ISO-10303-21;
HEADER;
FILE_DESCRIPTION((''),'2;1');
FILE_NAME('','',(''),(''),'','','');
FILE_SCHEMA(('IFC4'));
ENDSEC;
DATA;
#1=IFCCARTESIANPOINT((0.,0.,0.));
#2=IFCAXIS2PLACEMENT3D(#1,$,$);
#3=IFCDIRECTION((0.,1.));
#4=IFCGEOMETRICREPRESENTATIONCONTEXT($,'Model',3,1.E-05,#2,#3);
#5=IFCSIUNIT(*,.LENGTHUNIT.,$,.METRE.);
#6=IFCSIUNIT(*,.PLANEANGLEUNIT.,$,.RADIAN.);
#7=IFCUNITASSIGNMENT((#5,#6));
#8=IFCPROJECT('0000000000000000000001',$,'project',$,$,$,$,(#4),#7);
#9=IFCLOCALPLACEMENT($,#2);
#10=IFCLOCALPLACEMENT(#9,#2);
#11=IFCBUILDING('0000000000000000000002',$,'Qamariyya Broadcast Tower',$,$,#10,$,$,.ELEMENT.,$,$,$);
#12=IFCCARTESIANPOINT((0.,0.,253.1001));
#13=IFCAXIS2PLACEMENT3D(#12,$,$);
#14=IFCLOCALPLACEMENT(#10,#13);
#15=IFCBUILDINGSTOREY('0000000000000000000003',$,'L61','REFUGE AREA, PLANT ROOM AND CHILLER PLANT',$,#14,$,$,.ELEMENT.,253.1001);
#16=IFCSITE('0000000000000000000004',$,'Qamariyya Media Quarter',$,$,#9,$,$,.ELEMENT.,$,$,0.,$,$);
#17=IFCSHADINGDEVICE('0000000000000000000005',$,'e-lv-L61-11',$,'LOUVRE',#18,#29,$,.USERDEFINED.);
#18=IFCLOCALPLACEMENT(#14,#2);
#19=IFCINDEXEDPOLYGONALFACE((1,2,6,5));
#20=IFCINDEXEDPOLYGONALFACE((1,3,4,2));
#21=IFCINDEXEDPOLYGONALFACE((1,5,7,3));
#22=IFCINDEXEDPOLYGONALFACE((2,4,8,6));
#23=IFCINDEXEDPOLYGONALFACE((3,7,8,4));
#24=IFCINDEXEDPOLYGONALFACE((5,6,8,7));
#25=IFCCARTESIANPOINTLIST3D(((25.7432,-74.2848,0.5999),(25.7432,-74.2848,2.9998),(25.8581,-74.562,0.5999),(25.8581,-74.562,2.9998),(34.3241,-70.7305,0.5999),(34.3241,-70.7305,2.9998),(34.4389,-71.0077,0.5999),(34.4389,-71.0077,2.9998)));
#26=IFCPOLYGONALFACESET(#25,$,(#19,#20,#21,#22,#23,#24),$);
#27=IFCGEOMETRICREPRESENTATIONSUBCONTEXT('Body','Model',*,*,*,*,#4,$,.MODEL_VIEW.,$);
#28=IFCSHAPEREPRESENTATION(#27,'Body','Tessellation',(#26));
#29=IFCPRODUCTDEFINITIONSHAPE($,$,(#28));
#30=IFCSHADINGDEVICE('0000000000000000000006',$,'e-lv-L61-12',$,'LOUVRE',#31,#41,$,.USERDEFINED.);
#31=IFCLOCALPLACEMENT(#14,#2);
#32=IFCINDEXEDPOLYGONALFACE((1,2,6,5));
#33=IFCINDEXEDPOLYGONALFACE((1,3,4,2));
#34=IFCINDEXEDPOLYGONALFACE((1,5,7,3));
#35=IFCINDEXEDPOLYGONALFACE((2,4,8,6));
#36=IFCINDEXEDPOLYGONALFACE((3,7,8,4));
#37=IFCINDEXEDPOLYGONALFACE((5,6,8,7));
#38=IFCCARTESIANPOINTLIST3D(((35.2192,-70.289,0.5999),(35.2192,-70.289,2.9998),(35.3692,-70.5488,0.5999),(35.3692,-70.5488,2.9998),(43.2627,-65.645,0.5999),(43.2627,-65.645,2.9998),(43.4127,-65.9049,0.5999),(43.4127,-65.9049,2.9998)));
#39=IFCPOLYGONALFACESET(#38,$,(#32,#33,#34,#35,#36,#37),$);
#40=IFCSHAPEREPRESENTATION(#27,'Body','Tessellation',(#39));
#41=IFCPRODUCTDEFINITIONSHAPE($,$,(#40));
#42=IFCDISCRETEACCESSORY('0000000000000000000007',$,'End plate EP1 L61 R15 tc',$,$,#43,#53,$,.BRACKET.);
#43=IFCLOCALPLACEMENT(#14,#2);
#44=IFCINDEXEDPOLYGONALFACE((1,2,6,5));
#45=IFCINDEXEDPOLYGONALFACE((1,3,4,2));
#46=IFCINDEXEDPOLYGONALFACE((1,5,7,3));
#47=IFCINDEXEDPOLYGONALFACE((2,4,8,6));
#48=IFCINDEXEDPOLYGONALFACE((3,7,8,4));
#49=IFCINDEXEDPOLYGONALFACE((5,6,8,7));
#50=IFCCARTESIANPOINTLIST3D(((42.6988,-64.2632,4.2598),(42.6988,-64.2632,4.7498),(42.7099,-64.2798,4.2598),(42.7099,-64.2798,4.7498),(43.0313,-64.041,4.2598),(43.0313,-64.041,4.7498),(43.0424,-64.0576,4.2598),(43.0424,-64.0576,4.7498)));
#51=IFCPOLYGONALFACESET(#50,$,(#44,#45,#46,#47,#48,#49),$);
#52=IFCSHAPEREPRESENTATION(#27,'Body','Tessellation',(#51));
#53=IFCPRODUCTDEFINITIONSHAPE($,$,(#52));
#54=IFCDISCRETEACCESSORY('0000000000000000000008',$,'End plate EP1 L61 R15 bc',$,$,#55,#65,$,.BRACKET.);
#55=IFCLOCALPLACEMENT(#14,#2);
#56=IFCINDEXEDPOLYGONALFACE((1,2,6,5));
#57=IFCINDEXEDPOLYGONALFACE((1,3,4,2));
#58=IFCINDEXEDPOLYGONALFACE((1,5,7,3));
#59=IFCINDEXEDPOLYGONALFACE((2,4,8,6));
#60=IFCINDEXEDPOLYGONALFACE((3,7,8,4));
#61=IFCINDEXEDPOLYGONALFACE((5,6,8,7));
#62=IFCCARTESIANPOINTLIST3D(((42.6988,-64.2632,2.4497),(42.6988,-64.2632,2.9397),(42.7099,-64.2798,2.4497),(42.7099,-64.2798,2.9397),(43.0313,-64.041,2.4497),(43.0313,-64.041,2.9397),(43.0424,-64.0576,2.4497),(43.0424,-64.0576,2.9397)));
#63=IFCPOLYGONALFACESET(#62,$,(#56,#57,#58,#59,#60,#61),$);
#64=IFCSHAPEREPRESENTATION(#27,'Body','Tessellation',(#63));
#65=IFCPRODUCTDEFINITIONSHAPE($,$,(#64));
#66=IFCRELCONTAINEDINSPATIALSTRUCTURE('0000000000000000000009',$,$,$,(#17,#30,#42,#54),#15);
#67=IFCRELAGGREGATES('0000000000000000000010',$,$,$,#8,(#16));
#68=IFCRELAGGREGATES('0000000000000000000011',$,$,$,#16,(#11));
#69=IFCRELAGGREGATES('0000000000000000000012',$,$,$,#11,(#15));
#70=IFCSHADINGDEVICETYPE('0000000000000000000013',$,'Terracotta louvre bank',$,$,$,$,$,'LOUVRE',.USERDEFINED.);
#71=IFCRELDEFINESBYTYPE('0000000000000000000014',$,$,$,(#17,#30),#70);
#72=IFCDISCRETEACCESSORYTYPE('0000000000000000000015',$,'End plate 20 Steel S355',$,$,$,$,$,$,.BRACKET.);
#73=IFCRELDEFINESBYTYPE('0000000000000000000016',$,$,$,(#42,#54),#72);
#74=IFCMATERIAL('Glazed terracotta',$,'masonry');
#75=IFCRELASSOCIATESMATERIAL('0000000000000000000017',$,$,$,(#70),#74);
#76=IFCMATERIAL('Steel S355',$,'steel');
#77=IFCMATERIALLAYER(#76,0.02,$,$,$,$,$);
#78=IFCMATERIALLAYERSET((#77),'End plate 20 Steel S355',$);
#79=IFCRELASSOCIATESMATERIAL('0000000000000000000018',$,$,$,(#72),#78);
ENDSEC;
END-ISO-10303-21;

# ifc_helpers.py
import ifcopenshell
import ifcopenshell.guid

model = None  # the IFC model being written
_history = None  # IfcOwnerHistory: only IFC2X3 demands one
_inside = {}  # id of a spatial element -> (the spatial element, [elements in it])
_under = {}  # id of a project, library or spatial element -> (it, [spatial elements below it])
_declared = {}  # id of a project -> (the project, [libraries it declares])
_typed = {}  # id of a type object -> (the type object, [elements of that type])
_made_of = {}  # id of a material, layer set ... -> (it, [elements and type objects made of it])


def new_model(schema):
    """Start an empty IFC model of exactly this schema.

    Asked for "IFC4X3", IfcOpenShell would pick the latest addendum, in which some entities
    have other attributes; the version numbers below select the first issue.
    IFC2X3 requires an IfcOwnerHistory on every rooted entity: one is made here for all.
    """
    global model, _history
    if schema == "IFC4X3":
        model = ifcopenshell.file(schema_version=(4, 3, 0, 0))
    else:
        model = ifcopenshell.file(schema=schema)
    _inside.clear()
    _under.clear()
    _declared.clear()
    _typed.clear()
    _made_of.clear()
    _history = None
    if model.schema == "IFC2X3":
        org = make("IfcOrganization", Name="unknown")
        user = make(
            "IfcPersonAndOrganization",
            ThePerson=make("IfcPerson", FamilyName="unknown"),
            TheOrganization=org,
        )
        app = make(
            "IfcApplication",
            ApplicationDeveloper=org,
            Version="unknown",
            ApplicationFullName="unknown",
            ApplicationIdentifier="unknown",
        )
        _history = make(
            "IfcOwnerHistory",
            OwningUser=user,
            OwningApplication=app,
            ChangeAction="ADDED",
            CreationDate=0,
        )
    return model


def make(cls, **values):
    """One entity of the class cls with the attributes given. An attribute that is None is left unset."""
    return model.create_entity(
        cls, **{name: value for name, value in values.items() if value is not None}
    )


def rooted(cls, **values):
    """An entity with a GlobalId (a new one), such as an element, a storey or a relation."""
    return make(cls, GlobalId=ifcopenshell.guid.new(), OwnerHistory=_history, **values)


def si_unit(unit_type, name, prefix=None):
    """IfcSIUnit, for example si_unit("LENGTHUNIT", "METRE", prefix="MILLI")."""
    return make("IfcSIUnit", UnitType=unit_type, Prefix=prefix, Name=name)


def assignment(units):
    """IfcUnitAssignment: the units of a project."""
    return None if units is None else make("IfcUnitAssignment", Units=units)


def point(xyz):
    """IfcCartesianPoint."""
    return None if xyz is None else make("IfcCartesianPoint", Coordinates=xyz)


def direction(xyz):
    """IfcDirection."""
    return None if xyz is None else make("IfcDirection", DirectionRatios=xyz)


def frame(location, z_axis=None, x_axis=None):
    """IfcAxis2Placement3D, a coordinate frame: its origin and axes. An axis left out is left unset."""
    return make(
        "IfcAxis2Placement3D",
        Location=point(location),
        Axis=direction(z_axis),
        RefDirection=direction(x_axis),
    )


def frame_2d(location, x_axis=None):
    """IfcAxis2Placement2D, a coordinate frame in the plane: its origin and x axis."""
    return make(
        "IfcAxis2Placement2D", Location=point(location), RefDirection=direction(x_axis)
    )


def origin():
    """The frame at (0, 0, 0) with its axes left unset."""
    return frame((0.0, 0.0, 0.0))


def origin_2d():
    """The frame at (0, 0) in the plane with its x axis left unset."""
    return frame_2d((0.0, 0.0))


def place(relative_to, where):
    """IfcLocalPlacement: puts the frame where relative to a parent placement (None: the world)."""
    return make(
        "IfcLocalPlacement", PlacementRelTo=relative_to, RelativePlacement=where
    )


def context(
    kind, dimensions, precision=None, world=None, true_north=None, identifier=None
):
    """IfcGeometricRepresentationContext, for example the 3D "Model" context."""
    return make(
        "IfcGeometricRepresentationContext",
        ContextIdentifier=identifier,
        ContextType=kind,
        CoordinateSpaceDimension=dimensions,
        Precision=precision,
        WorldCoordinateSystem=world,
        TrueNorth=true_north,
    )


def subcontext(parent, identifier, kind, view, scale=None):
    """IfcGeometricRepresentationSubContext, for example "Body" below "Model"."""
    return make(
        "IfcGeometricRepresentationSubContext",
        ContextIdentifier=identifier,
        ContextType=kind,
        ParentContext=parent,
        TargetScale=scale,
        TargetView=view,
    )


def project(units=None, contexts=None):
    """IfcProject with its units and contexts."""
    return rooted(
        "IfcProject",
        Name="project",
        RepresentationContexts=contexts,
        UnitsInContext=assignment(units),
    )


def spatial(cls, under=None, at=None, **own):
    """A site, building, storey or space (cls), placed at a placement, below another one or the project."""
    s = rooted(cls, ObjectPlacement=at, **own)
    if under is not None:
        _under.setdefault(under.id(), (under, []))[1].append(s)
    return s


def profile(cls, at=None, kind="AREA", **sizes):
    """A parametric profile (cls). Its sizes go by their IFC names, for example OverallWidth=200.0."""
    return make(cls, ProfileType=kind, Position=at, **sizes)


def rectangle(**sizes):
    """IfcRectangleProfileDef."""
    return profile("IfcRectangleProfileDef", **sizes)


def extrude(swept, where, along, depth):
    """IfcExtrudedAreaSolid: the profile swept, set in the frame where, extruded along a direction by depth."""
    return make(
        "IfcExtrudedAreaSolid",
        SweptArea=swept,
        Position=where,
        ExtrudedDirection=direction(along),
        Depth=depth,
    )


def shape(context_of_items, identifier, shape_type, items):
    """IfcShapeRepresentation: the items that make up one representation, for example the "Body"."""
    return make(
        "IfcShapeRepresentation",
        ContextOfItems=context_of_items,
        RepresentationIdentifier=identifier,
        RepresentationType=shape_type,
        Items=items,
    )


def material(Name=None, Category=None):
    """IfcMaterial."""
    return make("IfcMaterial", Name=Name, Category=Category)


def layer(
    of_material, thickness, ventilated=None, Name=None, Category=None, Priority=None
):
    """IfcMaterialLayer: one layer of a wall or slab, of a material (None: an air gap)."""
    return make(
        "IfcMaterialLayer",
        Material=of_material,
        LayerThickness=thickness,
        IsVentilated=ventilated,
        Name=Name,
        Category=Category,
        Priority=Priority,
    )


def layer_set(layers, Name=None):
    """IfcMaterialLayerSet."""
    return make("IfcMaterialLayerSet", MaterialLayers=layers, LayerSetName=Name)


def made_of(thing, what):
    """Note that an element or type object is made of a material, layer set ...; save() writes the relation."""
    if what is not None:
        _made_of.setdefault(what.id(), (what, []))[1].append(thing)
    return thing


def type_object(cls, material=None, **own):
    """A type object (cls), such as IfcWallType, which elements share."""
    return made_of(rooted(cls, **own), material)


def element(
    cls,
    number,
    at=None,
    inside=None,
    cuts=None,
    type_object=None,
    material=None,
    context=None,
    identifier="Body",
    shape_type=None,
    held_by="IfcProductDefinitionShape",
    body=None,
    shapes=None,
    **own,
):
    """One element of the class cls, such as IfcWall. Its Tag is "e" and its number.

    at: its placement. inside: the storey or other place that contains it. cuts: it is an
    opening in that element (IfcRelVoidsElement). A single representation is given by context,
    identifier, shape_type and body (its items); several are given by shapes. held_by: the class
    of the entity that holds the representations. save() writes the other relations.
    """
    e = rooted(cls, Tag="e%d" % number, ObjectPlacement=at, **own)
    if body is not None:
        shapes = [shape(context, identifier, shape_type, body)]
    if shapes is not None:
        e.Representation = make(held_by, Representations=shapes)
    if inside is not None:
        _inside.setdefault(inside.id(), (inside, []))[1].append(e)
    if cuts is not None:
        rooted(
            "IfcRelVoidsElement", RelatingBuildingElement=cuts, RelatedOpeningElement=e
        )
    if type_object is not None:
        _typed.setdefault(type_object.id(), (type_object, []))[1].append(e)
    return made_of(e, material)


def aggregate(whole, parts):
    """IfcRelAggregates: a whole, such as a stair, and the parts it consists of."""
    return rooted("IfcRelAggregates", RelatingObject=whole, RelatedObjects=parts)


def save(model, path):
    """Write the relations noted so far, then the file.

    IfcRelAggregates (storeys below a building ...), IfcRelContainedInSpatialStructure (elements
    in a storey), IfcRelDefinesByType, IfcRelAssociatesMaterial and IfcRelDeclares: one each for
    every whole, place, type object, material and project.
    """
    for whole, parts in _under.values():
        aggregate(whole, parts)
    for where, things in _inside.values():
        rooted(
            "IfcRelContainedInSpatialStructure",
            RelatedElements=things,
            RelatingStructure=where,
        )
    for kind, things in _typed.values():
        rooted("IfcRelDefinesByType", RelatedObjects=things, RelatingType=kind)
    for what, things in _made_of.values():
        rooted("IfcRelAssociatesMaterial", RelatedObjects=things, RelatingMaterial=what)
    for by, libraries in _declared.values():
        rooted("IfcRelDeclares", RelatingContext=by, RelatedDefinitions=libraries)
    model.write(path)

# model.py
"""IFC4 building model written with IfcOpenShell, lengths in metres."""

from ifc_helpers import new_model, si_unit, direction, frame, origin, origin_2d, place, context, subcontext, project, spatial, rectangle, extrude, material, layer, layer_set, type_object, element, save


model = new_model("IFC4")

# Units and contexts
model_context = context("Model", 3, precision=1e-05, world=origin(), true_north=direction((0.0, 1.0)))
body_context = subcontext(model_context, "Body", "Model", "MODEL_VIEW")
ifc_project = project(units=[si_unit("LENGTHUNIT", "METRE"), si_unit("PLANEANGLEUNIT", "RADIAN")], contexts=[model_context])

# Site, building, storey
site_placement = place(None, origin())
site = spatial("IfcSite", under=ifc_project, at=site_placement, Name="Qamariyya Media Quarter", CompositionType="ELEMENT", RefElevation=0.0)
building_placement = place(site_placement, origin())
building = spatial("IfcBuilding", under=site, at=building_placement, Name="Qamariyya Broadcast Tower", CompositionType="ELEMENT")
storey_placement = place(building_placement, frame((0.0, 0.0, 253.1001)))
storey = spatial("IfcBuildingStorey", under=building, at=storey_placement, Name="L61", Description="REFUGE AREA, PLANT ROOM AND CHILLER PLANT", CompositionType="ELEMENT", Elevation=253.1001)

# Shared definitions
ifc_material_1 = material(Name="Steel S355", Category="steel")

# Shading devices
ifc_material_2 = material(Name="Glazed terracotta", Category="masonry")
shading_device_type = type_object("IfcShadingDeviceType", Name="Terracotta louvre bank", ElementType="LOUVRE", PredefinedType="USERDEFINED", material=ifc_material_2)
for number, where, z_axis, x_axis, name in (
    (1, (30.0911, -72.6462, 0.5999), (0.0, 0.0, 1.0), (0.92388, 0.382683, 0.0), "e-lv-L61-11"),
    (2, (39.3159, -68.0969, 0.5999), (0.0, 0.0, 1.0), (0.866025, 0.5, 0.0), "e-lv-L61-12"),
):
    element("IfcShadingDevice", number, at=place(storey_placement, frame(where, z_axis=z_axis, x_axis=x_axis)), inside=storey, type_object=shading_device_type, Name=name, ObjectType="LOUVRE", PredefinedType="USERDEFINED", context=body_context, shape_type="SweptSolid", body=[
        extrude(rectangle(XDim=9.2878, YDim=0.3, at=origin_2d()), origin(), (0.0, 0.0, 1.0), 2.3999),
    ])

# Discrete accessories
ifc_layer_1 = layer(ifc_material_1, 0.02)
ifc_layer_set_1 = layer_set([ifc_layer_1], Name="End plate 20 Steel S355")
discrete_accessory_type = type_object("IfcDiscreteAccessoryType", Name="End plate 20 Steel S355", PredefinedType="BRACKET", material=ifc_layer_set_1)
for number, where, z_axis, x_axis, name in (
    (3, (42.8706, -64.1604, 4.2598), (0.0, 0.0, 1.0), (-0.83147, -0.55557, 0.0), "End plate EP1 L61 R15 tc"),
    (4, (42.8706, -64.1604, 2.4497), (0.0, 0.0, 1.0), (-0.83147, -0.55557, 0.0), "End plate EP1 L61 R15 bc"),
):
    element("IfcDiscreteAccessory", number, at=place(storey_placement, frame(where, z_axis=z_axis, x_axis=x_axis)), inside=storey, type_object=discrete_accessory_type, Name=name, PredefinedType="BRACKET", context=body_context, shape_type="SweptSolid", body=[
        extrude(rectangle(XDim=0.3999, YDim=0.02, at=origin_2d()), origin(), (0.0, 0.0, 1.0), 0.49),
    ])

save(model, "model.ifc")
